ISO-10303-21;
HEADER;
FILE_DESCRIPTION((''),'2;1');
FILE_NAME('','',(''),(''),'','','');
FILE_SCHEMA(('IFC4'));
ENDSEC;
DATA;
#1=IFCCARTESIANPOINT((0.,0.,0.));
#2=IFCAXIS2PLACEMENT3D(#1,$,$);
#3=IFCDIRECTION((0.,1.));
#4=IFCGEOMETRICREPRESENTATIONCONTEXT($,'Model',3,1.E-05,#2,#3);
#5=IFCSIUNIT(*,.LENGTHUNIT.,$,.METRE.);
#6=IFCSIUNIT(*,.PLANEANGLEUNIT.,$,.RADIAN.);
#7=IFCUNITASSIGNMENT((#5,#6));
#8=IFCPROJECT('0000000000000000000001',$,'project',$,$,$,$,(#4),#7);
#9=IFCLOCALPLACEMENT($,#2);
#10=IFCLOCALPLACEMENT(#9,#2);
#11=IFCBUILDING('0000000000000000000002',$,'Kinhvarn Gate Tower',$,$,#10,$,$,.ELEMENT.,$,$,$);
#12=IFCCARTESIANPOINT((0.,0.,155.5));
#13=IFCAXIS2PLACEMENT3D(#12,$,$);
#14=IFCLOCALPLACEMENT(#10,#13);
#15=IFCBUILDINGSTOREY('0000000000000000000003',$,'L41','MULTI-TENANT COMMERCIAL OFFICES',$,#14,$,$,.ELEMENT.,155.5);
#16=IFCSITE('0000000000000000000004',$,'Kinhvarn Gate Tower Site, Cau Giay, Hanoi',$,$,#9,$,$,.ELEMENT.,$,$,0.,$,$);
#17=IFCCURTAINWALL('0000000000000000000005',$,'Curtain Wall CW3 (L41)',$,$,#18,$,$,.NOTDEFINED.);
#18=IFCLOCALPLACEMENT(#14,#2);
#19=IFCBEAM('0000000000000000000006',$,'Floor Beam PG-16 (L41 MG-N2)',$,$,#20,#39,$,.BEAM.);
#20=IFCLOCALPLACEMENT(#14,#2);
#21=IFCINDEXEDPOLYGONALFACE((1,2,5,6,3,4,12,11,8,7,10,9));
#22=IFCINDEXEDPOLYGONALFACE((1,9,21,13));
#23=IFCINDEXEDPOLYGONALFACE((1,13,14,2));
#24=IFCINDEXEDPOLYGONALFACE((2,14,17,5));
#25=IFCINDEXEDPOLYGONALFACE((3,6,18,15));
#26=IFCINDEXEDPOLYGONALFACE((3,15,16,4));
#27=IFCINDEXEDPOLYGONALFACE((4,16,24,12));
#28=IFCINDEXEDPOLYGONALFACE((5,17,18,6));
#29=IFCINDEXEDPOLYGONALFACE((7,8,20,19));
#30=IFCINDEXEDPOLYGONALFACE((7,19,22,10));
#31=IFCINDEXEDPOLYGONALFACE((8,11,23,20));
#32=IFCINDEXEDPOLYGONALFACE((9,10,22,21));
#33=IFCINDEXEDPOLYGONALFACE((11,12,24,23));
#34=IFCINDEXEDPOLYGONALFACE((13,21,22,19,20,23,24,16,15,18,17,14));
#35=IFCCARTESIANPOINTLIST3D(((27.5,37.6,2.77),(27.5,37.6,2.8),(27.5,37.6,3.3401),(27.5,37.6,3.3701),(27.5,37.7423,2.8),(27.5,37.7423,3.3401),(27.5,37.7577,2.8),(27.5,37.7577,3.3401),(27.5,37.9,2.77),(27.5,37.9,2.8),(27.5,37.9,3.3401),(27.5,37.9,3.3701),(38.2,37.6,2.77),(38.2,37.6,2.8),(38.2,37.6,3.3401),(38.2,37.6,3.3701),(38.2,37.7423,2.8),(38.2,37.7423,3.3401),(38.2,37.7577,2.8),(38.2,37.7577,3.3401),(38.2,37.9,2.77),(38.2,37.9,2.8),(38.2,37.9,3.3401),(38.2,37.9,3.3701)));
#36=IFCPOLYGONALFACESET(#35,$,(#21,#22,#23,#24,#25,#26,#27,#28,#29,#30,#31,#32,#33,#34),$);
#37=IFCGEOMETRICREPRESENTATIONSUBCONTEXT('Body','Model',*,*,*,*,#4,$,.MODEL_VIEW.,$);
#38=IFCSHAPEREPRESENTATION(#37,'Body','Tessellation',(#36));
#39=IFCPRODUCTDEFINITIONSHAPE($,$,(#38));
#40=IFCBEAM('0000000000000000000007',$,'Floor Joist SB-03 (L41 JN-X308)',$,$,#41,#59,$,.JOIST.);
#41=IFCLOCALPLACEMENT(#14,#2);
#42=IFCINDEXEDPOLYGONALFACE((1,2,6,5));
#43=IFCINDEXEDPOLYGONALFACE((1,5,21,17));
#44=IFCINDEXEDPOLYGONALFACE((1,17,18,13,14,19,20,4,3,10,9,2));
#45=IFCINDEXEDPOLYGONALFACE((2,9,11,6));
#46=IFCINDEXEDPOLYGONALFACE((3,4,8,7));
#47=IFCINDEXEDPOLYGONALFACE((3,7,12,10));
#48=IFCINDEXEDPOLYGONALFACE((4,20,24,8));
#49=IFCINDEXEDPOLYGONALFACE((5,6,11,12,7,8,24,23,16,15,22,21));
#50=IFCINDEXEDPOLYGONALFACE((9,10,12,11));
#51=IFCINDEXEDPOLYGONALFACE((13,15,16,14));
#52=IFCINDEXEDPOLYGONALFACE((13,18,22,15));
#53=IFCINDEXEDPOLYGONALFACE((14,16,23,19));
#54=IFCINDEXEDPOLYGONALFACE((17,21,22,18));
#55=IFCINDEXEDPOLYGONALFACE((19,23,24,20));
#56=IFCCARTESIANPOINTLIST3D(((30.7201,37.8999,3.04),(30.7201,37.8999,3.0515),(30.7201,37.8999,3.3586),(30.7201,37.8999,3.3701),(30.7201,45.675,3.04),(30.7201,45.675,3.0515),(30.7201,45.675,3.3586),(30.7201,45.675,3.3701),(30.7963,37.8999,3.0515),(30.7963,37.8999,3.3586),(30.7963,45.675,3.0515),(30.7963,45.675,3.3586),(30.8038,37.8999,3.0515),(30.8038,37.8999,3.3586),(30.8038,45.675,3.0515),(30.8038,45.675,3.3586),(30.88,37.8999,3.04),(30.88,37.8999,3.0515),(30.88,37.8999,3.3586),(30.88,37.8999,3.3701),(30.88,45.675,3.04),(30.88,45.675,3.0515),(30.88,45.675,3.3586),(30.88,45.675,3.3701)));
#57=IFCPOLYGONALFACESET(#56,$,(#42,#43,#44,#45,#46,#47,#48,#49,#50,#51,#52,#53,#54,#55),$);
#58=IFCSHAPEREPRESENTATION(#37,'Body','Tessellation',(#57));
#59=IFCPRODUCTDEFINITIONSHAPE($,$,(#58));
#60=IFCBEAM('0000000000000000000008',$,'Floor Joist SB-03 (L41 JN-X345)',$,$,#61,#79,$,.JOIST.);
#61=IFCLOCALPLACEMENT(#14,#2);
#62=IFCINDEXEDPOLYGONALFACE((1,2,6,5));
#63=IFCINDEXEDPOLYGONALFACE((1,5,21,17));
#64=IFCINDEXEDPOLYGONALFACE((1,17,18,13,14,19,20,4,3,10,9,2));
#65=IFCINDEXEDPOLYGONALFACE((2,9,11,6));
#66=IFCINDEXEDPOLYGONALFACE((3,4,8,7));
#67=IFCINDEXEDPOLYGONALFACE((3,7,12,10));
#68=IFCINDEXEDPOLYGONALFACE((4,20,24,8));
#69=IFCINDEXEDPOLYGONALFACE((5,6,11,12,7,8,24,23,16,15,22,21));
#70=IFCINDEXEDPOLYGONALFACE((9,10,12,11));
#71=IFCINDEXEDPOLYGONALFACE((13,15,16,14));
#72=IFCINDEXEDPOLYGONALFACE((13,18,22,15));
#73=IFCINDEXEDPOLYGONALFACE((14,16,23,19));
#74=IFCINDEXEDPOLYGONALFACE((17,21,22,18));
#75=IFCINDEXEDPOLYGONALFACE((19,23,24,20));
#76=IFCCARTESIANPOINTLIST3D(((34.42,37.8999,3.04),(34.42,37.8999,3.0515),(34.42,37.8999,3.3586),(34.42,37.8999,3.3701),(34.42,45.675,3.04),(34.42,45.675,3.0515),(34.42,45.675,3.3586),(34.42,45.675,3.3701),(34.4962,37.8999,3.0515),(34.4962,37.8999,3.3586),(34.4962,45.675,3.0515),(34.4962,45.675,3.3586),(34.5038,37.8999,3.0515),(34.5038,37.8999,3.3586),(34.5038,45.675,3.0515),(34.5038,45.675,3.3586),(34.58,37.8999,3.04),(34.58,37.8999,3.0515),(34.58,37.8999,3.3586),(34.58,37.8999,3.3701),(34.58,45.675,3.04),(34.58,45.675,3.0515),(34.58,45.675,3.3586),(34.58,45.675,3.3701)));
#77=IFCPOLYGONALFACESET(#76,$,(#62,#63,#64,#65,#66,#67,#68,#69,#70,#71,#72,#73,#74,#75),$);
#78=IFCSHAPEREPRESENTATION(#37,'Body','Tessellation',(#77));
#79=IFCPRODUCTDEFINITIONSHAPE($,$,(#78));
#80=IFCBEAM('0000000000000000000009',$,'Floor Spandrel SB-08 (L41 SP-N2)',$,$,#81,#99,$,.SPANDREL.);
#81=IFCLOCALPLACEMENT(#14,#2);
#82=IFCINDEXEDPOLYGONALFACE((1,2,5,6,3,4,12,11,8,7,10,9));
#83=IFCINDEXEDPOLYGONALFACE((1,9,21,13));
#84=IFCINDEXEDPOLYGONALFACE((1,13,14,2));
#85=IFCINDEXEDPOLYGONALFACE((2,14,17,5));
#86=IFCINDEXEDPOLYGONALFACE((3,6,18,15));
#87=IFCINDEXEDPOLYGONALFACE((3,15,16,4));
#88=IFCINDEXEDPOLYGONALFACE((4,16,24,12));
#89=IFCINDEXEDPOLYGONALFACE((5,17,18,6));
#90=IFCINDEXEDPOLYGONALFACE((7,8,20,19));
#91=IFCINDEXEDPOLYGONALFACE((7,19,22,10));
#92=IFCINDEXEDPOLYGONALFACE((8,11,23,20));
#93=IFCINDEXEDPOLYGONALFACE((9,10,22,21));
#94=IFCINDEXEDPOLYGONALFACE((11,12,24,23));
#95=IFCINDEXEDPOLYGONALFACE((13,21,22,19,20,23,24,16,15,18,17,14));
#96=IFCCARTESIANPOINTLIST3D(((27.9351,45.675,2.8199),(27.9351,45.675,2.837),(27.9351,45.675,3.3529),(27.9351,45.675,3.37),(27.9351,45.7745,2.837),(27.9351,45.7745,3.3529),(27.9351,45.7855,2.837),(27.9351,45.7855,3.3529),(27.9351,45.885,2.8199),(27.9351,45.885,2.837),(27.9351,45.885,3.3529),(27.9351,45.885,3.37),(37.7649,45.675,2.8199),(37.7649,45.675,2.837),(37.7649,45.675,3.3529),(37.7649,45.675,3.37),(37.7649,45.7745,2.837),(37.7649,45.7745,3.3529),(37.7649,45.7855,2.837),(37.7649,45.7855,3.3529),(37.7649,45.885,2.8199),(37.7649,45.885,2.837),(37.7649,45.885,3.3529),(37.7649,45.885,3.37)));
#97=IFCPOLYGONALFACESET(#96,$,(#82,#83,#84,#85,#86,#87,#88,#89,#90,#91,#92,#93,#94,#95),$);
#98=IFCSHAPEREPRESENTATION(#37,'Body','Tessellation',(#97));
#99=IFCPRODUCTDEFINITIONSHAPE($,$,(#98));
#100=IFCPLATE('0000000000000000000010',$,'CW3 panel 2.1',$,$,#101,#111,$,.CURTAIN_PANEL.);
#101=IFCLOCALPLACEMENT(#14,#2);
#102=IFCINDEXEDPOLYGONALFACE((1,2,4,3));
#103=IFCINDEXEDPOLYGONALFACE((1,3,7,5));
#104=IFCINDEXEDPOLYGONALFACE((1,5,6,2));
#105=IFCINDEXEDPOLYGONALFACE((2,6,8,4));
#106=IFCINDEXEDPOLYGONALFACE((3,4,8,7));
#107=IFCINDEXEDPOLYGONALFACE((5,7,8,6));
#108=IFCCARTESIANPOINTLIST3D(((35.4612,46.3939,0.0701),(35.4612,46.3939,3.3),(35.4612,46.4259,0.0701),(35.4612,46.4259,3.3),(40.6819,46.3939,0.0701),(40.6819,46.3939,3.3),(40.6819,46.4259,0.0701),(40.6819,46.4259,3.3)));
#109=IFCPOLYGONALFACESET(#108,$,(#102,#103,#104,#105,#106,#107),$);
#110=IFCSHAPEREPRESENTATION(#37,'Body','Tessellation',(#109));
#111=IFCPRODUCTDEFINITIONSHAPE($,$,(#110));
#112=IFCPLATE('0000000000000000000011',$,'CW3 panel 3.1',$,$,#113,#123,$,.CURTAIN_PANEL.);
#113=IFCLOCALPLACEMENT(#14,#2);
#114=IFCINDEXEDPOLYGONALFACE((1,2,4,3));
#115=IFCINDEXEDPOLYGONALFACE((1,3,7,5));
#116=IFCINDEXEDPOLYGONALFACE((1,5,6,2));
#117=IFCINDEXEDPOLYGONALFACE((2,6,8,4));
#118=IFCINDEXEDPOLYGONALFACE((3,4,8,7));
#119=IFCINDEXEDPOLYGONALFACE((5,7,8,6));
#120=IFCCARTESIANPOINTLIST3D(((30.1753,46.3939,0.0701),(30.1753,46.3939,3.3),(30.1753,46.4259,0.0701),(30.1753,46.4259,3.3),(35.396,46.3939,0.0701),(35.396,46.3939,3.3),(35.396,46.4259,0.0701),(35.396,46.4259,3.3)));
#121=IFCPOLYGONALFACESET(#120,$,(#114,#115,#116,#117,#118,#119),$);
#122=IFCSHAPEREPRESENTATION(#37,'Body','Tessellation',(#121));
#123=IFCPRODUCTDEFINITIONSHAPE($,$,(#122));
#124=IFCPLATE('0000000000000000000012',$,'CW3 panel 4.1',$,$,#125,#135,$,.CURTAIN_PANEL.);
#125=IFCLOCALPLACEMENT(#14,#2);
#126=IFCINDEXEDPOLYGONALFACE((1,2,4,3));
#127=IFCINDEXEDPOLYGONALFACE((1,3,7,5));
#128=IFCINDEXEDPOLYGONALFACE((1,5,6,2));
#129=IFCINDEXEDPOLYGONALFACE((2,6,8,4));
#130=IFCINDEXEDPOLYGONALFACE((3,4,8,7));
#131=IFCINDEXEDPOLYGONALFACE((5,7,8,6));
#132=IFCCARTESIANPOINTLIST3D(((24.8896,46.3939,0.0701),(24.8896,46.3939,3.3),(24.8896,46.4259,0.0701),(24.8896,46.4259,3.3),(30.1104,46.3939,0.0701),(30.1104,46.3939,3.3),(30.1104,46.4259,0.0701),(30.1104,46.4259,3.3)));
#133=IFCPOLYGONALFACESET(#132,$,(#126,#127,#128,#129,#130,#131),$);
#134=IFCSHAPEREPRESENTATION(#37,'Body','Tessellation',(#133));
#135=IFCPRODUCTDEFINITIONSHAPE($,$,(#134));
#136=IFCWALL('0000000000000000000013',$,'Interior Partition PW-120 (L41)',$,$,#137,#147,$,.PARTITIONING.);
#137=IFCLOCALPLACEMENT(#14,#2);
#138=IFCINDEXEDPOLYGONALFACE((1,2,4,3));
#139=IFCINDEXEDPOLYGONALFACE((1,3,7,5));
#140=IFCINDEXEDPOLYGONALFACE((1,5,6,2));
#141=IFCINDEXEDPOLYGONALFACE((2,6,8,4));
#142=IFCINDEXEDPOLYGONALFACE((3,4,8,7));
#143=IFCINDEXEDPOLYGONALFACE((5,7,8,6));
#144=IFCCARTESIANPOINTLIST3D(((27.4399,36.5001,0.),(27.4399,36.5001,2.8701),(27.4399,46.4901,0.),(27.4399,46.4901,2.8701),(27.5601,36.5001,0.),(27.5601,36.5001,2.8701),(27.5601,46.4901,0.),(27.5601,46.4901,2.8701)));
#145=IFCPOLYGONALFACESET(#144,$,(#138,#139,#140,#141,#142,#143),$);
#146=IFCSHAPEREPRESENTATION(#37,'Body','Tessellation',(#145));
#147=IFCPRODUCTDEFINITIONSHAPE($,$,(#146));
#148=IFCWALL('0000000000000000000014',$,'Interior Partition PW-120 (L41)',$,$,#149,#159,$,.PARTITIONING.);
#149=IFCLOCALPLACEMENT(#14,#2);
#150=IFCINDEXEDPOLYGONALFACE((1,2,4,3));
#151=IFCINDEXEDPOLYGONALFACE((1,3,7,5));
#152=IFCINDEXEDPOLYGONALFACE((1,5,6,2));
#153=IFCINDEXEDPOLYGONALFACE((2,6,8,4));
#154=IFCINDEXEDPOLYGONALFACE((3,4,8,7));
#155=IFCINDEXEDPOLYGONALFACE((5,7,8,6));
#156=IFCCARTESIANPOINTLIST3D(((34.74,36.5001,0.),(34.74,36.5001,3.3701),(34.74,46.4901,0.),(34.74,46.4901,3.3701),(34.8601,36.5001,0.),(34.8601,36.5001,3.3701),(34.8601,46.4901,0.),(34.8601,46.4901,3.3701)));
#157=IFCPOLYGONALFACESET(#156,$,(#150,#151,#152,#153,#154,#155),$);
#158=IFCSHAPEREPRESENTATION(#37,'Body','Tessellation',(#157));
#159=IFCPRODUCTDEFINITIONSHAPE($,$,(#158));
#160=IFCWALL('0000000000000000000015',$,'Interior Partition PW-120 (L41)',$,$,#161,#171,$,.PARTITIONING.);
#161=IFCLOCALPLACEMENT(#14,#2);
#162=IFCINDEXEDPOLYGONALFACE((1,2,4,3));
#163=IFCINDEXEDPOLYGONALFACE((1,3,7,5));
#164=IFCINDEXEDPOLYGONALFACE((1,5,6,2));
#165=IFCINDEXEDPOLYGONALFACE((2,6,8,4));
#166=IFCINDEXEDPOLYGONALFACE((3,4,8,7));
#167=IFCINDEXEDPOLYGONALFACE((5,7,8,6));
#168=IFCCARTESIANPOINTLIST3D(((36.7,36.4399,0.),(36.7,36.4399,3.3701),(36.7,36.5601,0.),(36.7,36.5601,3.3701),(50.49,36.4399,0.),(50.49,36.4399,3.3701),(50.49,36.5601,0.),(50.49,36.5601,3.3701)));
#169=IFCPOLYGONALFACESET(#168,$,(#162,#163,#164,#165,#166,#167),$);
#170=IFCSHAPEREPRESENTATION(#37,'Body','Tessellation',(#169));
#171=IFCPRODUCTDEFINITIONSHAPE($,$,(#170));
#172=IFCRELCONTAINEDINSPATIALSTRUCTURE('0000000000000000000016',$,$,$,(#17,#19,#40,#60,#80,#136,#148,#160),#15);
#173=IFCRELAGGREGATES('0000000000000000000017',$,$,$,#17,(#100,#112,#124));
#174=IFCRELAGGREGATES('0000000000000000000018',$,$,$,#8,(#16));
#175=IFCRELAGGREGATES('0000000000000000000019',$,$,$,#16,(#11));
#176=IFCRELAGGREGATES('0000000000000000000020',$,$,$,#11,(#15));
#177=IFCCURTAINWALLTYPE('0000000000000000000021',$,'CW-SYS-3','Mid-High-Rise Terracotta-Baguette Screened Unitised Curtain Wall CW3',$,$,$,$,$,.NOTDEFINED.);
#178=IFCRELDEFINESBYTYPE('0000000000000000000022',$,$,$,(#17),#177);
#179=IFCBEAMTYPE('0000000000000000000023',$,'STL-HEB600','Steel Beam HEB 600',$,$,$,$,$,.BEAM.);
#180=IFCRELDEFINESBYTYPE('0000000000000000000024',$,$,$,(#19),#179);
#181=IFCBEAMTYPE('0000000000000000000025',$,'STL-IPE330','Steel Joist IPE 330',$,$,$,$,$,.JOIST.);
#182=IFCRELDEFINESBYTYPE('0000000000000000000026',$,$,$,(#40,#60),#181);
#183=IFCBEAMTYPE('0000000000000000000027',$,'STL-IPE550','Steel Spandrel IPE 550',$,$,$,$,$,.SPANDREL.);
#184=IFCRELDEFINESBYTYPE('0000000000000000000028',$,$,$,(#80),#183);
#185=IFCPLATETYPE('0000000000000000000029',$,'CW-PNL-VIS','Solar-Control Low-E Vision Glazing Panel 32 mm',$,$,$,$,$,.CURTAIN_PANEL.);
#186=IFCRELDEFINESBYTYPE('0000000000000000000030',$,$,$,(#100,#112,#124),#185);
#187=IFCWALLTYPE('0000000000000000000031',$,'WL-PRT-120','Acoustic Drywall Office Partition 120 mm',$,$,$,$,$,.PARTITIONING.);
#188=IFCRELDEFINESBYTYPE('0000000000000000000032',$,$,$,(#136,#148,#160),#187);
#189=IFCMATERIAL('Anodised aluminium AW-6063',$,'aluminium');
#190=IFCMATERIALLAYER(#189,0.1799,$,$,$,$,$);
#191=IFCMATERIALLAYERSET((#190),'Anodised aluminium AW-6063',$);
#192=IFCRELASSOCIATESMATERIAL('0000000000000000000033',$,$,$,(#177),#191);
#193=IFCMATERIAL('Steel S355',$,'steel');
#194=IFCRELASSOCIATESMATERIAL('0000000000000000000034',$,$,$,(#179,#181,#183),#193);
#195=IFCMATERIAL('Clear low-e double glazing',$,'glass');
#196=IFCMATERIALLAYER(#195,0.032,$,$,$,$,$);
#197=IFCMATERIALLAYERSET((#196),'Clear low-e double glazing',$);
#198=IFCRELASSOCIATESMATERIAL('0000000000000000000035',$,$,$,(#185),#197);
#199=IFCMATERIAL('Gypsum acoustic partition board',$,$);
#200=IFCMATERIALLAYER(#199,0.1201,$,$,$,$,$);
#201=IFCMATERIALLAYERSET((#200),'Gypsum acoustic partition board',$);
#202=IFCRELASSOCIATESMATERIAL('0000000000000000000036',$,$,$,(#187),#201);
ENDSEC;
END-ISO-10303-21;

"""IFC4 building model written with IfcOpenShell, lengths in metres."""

from ifc_helpers import new_model, si_unit, direction, frame, frame_2d, origin, origin_2d, place, context, subcontext, project, spatial, rectangle, i_section, extrude, material, layer, layer_set, material_profile, profile_set, type_object, element, aggregate, save


model = new_model("IFC4")

# Units and contexts
model_context = context("Model", 3, precision=1e-05, world=origin(), true_north=direction((0.0, 1.0)))
body_context = subcontext(model_context, "Body", "Model", "MODEL_VIEW")
ifc_project = project(units=[si_unit("LENGTHUNIT", "METRE"), si_unit("PLANEANGLEUNIT", "RADIAN")], contexts=[model_context])

# Site, building, storey
site_placement = place(None, origin())
site = spatial("IfcSite", under=ifc_project, at=site_placement, Name="Kinhvarn Gate Tower Site, Cau Giay, Hanoi", CompositionType="ELEMENT", RefElevation=0.0)
building_placement = place(site_placement, origin())
building = spatial("IfcBuilding", under=site, at=building_placement, Name="Kinhvarn Gate Tower", CompositionType="ELEMENT")
storey_placement = place(building_placement, frame((0.0, 0.0, 155.5)))
storey = spatial("IfcBuildingStorey", under=building, at=storey_placement, Name="L41", Description="MULTI-TENANT COMMERCIAL OFFICES", CompositionType="ELEMENT", Elevation=155.5)

# Curtain wall
ifc_material_1 = material(Name="Anodised aluminium AW-6063", Category="aluminium")
ifc_layer_1 = layer(ifc_material_1, 0.1799)
ifc_layer_set_1 = layer_set([ifc_layer_1], Name="Anodised aluminium AW-6063")
curtain_wall_type = type_object("IfcCurtainWallType", Name="CW-SYS-3", Description="Mid-High-Rise Terracotta-Baguette Screened Unitised Curtain Wall CW3", PredefinedType="NOTDEFINED", material=ifc_layer_set_1)
curtain_wall_placement = place(storey_placement, origin())
curtain_wall = element("IfcCurtainWall", 1, at=curtain_wall_placement, inside=storey, type_object=curtain_wall_type, Name="Curtain Wall CW3 (L41)", PredefinedType="NOTDEFINED")

# Beams
ifc_material_2 = material(Name="Steel S355", Category="steel")
ifc_material_profile_1 = material_profile(ifc_material_2, i_section(OverallWidth=0.3, OverallDepth=0.6001, WebThickness=0.0154, FlangeThickness=0.03, at=origin_2d()), Name="HEB 600")
ifc_profile_set_1 = profile_set([ifc_material_profile_1], Name="Steel S355")
beam_type_1 = type_object("IfcBeamType", Name="STL-HEB600", Description="Steel Beam HEB 600", PredefinedType="BEAM", material=ifc_profile_set_1)
beam_1_placement = place(storey_placement, frame((27.5, 37.75, 3.0701), z_axis=(1.0, 0.0, 0.0), x_axis=(0.0, 1.0, 0.0)))
element("IfcBeam", 2, at=beam_1_placement, inside=storey, type_object=beam_type_1, Name="Floor Beam PG-16 (L41 MG-N2)", PredefinedType="BEAM", context=body_context, shape_type="SweptSolid", body=[
    extrude(i_section(OverallWidth=0.3, OverallDepth=0.6001, WebThickness=0.0154, FlangeThickness=0.03, at=origin_2d()), origin(), (0.0, 0.0, 1.0), 10.7),
])
ifc_material_profile_2 = material_profile(ifc_material_2, i_section(OverallWidth=0.1599, OverallDepth=0.3301, WebThickness=0.0076, FlangeThickness=0.0115, at=origin_2d()), Name="IPE 330")
ifc_profile_set_2 = profile_set([ifc_material_profile_2], Name="Steel S355")
beam_type_2 = type_object("IfcBeamType", Name="STL-IPE330", Description="Steel Joist IPE 330", PredefinedType="JOIST", material=ifc_profile_set_2)
for number, where, z_axis, x_axis, name in (
    (3, (30.8, 37.8999, 3.2051), (0.0, 1.0, 0.0), (-1.0, 0.0, 0.0), "Floor Joist SB-03 (L41 JN-X308)"),
    (4, (34.5, 37.8999, 3.2051), (0.0, 1.0, 0.0), (-1.0, 0.0, 0.0), "Floor Joist SB-03 (L41 JN-X345)"),
):
    element("IfcBeam", number, at=place(storey_placement, frame(where, z_axis=z_axis, x_axis=x_axis)), inside=storey, type_object=beam_type_2, Name=name, PredefinedType="JOIST", context=body_context, shape_type="SweptSolid", body=[
        extrude(i_section(OverallWidth=0.1599, OverallDepth=0.3301, WebThickness=0.0076, FlangeThickness=0.0115, at=origin_2d()), origin(), (0.0, 0.0, 1.0), 7.7751),
    ])
ifc_material_profile_3 = material_profile(ifc_material_2, i_section(OverallWidth=0.21, OverallDepth=0.55, WebThickness=0.011, FlangeThickness=0.0171, at=origin_2d()), Name="IPE 550")
ifc_profile_set_3 = profile_set([ifc_material_profile_3], Name="Steel S355")
beam_type_3 = type_object("IfcBeamType", Name="STL-IPE550", Description="Steel Spandrel IPE 550", PredefinedType="SPANDREL", material=ifc_profile_set_3)
beam_2_placement = place(storey_placement, frame((27.9351, 45.78, 3.095), z_axis=(1.0, 0.0, 0.0), x_axis=(0.0, 1.0, 0.0)))
element("IfcBeam", 5, at=beam_2_placement, inside=storey, type_object=beam_type_3, Name="Floor Spandrel SB-08 (L41 SP-N2)", PredefinedType="SPANDREL", context=body_context, shape_type="SweptSolid", body=[
    extrude(i_section(OverallWidth=0.21, OverallDepth=0.55, WebThickness=0.011, FlangeThickness=0.0171, at=origin_2d()), origin(), (0.0, 0.0, 1.0), 9.8298),
])

# Plates
ifc_material_3 = material(Name="Clear low-e double glazing", Category="glass")
ifc_layer_2 = layer(ifc_material_3, 0.032)
ifc_layer_set_2 = layer_set([ifc_layer_2], Name="Clear low-e double glazing")
plate_type = type_object("IfcPlateType", Name="CW-PNL-VIS", Description="Solar-Control Low-E Vision Glazing Panel 32 mm", PredefinedType="CURTAIN_PANEL", material=ifc_layer_set_2)
plate_1_placement = place(storey_placement, frame((38.0715, 46.4099, 0.0701), z_axis=(0.0, 0.0, 1.0), x_axis=(-1.0, 0.0, 0.0)))
plate_1 = element("IfcPlate", 6, at=plate_1_placement, type_object=plate_type, Name="CW3 panel 2.1", PredefinedType="CURTAIN_PANEL", context=body_context, shape_type="SweptSolid", body=[
    extrude(rectangle(XDim=5.2207, YDim=0.032, at=origin_2d()), origin(), (0.0, 0.0, 1.0), 3.23),
])
plate_2_placement = place(storey_placement, frame((32.7856, 46.4099, 0.0701), z_axis=(0.0, 0.0, 1.0), x_axis=(-1.0, 0.0, 0.0)))
plate_2 = element("IfcPlate", 7, at=plate_2_placement, type_object=plate_type, Name="CW3 panel 3.1", PredefinedType="CURTAIN_PANEL", context=body_context, shape_type="SweptSolid", body=[
    extrude(rectangle(XDim=5.2207, YDim=0.032, at=origin_2d()), origin(), (0.0, 0.0, 1.0), 3.23),
])
plate_3_placement = place(storey_placement, frame((27.5, 46.4099, 0.0701), z_axis=(0.0, 0.0, 1.0), x_axis=(-1.0, 0.0, 0.0)))
plate_3 = element("IfcPlate", 8, at=plate_3_placement, type_object=plate_type, Name="CW3 panel 4.1", PredefinedType="CURTAIN_PANEL", context=body_context, shape_type="SweptSolid", body=[
    extrude(rectangle(XDim=5.2207, YDim=0.032, at=origin_2d()), origin(), (0.0, 0.0, 1.0), 3.23),
])
aggregate(curtain_wall, [plate_1, plate_2, plate_3])

# Walls
ifc_material_4 = material(Name="Gypsum acoustic partition board")
ifc_layer_3 = layer(ifc_material_4, 0.1201)
ifc_layer_set_3 = layer_set([ifc_layer_3], Name="Gypsum acoustic partition board")
wall_type_1 = type_object("IfcWallType", Name="WL-PRT-120", Description="Acoustic Drywall Office Partition 120 mm", PredefinedType="PARTITIONING", material=ifc_layer_set_3)
wall_1_placement = place(storey_placement, frame((27.5, 36.5, 0.0), z_axis=(0.0, 0.0, 1.0), x_axis=(0.0, 1.0, 0.0)))
element("IfcWall", 9, at=wall_1_placement, inside=storey, type_object=wall_type_1, Name="Interior Partition PW-120 (L41)", PredefinedType="PARTITIONING", context=body_context, shape_type="SweptSolid", body=[
    extrude(rectangle(XDim=9.99, YDim=0.1201, at=frame_2d((4.9951, 0.0))), origin(), (0.0, 0.0, 1.0), 2.8701),
])
wall_2_placement = place(storey_placement, frame((34.8, 36.5, 0.0), z_axis=(0.0, 0.0, 1.0), x_axis=(0.0, 1.0, 0.0)))
element("IfcWall", 10, at=wall_2_placement, inside=storey, type_object=wall_type_1, Name="Interior Partition PW-120 (L41)", PredefinedType="PARTITIONING", context=body_context, shape_type="SweptSolid", body=[
    extrude(rectangle(XDim=9.99, YDim=0.1201, at=frame_2d((4.9951, 0.0))), origin(), (0.0, 0.0, 1.0), 3.3701),
])
wall_3_placement = place(storey_placement, frame((36.7, 36.5, 0.0), z_axis=(0.0, 0.0, 1.0), x_axis=(1.0, 0.0, 0.0)))
element("IfcWall", 11, at=wall_3_placement, inside=storey, type_object=wall_type_1, Name="Interior Partition PW-120 (L41)", PredefinedType="PARTITIONING", context=body_context, shape_type="SweptSolid", body=[
    extrude(rectangle(XDim=13.79, YDim=0.1201, at=frame_2d((6.895, 0.0))), origin(), (0.0, 0.0, 1.0), 3.3701),
])

save(model, "model.ifc")
